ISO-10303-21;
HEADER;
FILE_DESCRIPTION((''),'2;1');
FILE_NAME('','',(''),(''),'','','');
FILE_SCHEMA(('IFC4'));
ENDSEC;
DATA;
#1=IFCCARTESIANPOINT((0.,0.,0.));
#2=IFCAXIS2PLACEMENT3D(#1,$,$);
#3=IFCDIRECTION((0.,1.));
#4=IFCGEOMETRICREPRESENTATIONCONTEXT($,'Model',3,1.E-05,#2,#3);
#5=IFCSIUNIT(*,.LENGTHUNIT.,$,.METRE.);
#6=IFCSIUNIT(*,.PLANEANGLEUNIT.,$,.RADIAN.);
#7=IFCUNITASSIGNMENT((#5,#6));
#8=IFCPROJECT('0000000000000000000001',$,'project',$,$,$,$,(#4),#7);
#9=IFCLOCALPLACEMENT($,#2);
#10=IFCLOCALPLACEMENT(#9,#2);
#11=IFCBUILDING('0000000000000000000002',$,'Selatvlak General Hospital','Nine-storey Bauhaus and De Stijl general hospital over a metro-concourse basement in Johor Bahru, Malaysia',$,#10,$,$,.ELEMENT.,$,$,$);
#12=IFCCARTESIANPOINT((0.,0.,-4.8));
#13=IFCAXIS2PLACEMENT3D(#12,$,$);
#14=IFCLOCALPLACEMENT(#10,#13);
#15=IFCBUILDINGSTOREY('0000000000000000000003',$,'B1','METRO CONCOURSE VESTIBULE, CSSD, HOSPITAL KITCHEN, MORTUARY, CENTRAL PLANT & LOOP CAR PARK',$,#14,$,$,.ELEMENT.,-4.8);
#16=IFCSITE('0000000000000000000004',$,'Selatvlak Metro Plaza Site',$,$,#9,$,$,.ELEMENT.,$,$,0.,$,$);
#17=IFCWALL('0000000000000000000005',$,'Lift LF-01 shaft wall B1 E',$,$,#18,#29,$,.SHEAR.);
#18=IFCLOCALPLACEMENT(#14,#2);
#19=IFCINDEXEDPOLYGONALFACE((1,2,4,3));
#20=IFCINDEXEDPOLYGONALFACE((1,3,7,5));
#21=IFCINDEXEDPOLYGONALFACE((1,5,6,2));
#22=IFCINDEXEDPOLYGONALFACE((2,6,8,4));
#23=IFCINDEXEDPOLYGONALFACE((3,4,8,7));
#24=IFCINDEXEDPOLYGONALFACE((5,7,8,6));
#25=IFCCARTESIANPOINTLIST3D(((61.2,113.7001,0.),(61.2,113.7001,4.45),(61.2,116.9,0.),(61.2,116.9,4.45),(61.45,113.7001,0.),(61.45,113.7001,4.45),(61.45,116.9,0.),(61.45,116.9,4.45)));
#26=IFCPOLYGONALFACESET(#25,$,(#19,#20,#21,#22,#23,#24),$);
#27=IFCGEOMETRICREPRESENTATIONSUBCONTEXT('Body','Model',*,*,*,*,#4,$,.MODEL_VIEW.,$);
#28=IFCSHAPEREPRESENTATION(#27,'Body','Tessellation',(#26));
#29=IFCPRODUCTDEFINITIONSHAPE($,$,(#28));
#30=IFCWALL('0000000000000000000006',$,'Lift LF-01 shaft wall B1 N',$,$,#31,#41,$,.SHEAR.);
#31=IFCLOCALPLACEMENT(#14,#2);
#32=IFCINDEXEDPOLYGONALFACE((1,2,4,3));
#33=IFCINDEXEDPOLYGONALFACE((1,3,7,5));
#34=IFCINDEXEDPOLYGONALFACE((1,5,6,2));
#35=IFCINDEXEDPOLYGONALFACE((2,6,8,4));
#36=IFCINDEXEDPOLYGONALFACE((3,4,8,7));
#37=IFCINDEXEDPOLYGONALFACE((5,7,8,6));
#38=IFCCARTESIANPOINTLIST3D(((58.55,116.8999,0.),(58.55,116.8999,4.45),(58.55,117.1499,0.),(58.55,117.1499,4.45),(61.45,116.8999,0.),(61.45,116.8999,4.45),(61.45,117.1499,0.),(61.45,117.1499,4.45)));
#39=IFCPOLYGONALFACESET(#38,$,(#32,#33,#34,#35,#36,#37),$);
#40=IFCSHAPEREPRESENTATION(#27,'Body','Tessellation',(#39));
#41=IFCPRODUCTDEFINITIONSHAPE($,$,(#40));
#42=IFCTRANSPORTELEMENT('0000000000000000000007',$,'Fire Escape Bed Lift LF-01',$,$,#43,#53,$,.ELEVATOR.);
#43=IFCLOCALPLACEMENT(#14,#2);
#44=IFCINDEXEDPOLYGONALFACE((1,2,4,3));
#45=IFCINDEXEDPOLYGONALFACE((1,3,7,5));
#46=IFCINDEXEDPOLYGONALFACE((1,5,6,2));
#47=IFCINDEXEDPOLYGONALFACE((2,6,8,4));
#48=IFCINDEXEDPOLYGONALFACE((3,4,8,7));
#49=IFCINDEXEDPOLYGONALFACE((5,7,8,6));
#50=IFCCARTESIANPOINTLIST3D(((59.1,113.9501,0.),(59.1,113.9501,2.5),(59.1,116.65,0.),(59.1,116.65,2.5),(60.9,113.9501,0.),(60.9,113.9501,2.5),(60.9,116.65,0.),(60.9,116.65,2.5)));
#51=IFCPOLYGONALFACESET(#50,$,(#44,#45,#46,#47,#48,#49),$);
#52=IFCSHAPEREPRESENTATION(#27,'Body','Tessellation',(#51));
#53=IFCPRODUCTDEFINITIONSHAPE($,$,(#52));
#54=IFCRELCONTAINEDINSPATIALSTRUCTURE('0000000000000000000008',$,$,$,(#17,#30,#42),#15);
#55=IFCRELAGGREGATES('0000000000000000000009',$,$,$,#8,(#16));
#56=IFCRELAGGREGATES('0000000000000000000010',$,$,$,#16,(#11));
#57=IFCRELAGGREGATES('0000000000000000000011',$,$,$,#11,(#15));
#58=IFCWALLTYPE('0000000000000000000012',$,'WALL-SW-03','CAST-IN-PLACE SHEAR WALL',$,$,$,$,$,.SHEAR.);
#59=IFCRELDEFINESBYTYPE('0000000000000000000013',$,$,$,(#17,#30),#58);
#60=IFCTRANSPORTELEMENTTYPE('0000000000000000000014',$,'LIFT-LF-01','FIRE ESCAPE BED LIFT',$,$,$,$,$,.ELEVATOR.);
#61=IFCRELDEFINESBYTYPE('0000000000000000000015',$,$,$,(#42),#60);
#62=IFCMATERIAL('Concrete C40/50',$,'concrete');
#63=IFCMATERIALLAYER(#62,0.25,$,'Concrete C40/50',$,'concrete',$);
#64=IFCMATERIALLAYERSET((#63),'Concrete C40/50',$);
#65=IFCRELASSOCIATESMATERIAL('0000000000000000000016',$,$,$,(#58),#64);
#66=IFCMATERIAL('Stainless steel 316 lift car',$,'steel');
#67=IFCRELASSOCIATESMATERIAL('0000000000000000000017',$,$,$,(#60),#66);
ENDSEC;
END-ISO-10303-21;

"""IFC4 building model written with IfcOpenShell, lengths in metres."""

from ifc_helpers import new_model, si_unit, direction, frame, frame_2d, origin, origin_2d, place, context, subcontext, project, spatial, rectangle, extrude, material, layer, layer_set, type_object, element, save


model = new_model("IFC4")

# Units and contexts
model_context = context("Model", 3, precision=1e-05, world=origin(), true_north=direction((0.0, 1.0)))
body_context = subcontext(model_context, "Body", "Model", "MODEL_VIEW")
ifc_project = project(units=[si_unit("LENGTHUNIT", "METRE"), si_unit("PLANEANGLEUNIT", "RADIAN")], contexts=[model_context])

# Site, building, storey
site_placement = place(None, origin())
site = spatial("IfcSite", under=ifc_project, at=site_placement, Name="Selatvlak Metro Plaza Site", CompositionType="ELEMENT", RefElevation=0.0)
building_placement = place(site_placement, origin())
building = spatial("IfcBuilding", under=site, at=building_placement, Name="Selatvlak General Hospital", Description="Nine-storey Bauhaus and De Stijl general hospital over a metro-concourse basement in Johor Bahru, Malaysia", CompositionType="ELEMENT")
storey_placement = place(building_placement, frame((0.0, 0.0, -4.8)))
storey = spatial("IfcBuildingStorey", under=building, at=storey_placement, Name="B1", Description="METRO CONCOURSE VESTIBULE, CSSD, HOSPITAL KITCHEN, MORTUARY, CENTRAL PLANT & LOOP CAR PARK", CompositionType="ELEMENT", Elevation=-4.8)

# Shared definitions
ifc_material_1 = material(Name="Concrete C40/50", Category="concrete")

# Walls
ifc_layer_1 = layer(ifc_material_1, 0.25, Name="Concrete C40/50", Category="concrete")
ifc_layer_set_1 = layer_set([ifc_layer_1], Name="Concrete C40/50")
wall_type_1 = type_object("IfcWallType", Name="WALL-SW-03", Description="CAST-IN-PLACE SHEAR WALL", PredefinedType="SHEAR", material=ifc_layer_set_1)
wall_1_placement = place(storey_placement, frame((61.325, 113.7, 0.0), z_axis=(0.0, 0.0, 1.0), x_axis=(0.0, 1.0, 0.0)))
element("IfcWall", 1, at=wall_1_placement, inside=storey, type_object=wall_type_1, Name="Lift LF-01 shaft wall B1 E", PredefinedType="SHEAR", context=body_context, shape_type="SweptSolid", body=[
    extrude(rectangle(XDim=3.2, YDim=0.25, at=frame_2d((1.6001, 0.0))), origin(), (0.0, 0.0, 1.0), 4.45),
])
wall_2_placement = place(storey_placement, frame((61.45, 117.0249, 0.0), z_axis=(0.0, 0.0, 1.0), x_axis=(-1.0, 0.0, 0.0)))
element("IfcWall", 2, at=wall_2_placement, inside=storey, type_object=wall_type_1, Name="Lift LF-01 shaft wall B1 N", PredefinedType="SHEAR", context=body_context, shape_type="SweptSolid", body=[
    extrude(rectangle(XDim=2.8999, YDim=0.25, at=frame_2d((1.45, 0.0))), origin(), (0.0, 0.0, 1.0), 4.45),
])

# Transport element
ifc_material_2 = material(Name="Stainless steel 316 lift car", Category="steel")
transport_element_type = type_object("IfcTransportElementType", Name="LIFT-LF-01", Description="FIRE ESCAPE BED LIFT", PredefinedType="ELEVATOR", material=ifc_material_2)
transport_element_placement = place(storey_placement, frame((60.0, 115.3, 0.0), z_axis=(0.0, 0.0, 1.0), x_axis=(1.0, 0.0, 0.0)))
element("IfcTransportElement", 3, at=transport_element_placement, inside=storey, type_object=transport_element_type, Name="Fire Escape Bed Lift LF-01", PredefinedType="ELEVATOR", context=body_context, shape_type="SweptSolid", body=[
    extrude(rectangle(XDim=1.8, YDim=2.7, at=origin_2d()), origin(), (0.0, 0.0, 1.0), 2.5),
])

save(model, "model.ifc")
